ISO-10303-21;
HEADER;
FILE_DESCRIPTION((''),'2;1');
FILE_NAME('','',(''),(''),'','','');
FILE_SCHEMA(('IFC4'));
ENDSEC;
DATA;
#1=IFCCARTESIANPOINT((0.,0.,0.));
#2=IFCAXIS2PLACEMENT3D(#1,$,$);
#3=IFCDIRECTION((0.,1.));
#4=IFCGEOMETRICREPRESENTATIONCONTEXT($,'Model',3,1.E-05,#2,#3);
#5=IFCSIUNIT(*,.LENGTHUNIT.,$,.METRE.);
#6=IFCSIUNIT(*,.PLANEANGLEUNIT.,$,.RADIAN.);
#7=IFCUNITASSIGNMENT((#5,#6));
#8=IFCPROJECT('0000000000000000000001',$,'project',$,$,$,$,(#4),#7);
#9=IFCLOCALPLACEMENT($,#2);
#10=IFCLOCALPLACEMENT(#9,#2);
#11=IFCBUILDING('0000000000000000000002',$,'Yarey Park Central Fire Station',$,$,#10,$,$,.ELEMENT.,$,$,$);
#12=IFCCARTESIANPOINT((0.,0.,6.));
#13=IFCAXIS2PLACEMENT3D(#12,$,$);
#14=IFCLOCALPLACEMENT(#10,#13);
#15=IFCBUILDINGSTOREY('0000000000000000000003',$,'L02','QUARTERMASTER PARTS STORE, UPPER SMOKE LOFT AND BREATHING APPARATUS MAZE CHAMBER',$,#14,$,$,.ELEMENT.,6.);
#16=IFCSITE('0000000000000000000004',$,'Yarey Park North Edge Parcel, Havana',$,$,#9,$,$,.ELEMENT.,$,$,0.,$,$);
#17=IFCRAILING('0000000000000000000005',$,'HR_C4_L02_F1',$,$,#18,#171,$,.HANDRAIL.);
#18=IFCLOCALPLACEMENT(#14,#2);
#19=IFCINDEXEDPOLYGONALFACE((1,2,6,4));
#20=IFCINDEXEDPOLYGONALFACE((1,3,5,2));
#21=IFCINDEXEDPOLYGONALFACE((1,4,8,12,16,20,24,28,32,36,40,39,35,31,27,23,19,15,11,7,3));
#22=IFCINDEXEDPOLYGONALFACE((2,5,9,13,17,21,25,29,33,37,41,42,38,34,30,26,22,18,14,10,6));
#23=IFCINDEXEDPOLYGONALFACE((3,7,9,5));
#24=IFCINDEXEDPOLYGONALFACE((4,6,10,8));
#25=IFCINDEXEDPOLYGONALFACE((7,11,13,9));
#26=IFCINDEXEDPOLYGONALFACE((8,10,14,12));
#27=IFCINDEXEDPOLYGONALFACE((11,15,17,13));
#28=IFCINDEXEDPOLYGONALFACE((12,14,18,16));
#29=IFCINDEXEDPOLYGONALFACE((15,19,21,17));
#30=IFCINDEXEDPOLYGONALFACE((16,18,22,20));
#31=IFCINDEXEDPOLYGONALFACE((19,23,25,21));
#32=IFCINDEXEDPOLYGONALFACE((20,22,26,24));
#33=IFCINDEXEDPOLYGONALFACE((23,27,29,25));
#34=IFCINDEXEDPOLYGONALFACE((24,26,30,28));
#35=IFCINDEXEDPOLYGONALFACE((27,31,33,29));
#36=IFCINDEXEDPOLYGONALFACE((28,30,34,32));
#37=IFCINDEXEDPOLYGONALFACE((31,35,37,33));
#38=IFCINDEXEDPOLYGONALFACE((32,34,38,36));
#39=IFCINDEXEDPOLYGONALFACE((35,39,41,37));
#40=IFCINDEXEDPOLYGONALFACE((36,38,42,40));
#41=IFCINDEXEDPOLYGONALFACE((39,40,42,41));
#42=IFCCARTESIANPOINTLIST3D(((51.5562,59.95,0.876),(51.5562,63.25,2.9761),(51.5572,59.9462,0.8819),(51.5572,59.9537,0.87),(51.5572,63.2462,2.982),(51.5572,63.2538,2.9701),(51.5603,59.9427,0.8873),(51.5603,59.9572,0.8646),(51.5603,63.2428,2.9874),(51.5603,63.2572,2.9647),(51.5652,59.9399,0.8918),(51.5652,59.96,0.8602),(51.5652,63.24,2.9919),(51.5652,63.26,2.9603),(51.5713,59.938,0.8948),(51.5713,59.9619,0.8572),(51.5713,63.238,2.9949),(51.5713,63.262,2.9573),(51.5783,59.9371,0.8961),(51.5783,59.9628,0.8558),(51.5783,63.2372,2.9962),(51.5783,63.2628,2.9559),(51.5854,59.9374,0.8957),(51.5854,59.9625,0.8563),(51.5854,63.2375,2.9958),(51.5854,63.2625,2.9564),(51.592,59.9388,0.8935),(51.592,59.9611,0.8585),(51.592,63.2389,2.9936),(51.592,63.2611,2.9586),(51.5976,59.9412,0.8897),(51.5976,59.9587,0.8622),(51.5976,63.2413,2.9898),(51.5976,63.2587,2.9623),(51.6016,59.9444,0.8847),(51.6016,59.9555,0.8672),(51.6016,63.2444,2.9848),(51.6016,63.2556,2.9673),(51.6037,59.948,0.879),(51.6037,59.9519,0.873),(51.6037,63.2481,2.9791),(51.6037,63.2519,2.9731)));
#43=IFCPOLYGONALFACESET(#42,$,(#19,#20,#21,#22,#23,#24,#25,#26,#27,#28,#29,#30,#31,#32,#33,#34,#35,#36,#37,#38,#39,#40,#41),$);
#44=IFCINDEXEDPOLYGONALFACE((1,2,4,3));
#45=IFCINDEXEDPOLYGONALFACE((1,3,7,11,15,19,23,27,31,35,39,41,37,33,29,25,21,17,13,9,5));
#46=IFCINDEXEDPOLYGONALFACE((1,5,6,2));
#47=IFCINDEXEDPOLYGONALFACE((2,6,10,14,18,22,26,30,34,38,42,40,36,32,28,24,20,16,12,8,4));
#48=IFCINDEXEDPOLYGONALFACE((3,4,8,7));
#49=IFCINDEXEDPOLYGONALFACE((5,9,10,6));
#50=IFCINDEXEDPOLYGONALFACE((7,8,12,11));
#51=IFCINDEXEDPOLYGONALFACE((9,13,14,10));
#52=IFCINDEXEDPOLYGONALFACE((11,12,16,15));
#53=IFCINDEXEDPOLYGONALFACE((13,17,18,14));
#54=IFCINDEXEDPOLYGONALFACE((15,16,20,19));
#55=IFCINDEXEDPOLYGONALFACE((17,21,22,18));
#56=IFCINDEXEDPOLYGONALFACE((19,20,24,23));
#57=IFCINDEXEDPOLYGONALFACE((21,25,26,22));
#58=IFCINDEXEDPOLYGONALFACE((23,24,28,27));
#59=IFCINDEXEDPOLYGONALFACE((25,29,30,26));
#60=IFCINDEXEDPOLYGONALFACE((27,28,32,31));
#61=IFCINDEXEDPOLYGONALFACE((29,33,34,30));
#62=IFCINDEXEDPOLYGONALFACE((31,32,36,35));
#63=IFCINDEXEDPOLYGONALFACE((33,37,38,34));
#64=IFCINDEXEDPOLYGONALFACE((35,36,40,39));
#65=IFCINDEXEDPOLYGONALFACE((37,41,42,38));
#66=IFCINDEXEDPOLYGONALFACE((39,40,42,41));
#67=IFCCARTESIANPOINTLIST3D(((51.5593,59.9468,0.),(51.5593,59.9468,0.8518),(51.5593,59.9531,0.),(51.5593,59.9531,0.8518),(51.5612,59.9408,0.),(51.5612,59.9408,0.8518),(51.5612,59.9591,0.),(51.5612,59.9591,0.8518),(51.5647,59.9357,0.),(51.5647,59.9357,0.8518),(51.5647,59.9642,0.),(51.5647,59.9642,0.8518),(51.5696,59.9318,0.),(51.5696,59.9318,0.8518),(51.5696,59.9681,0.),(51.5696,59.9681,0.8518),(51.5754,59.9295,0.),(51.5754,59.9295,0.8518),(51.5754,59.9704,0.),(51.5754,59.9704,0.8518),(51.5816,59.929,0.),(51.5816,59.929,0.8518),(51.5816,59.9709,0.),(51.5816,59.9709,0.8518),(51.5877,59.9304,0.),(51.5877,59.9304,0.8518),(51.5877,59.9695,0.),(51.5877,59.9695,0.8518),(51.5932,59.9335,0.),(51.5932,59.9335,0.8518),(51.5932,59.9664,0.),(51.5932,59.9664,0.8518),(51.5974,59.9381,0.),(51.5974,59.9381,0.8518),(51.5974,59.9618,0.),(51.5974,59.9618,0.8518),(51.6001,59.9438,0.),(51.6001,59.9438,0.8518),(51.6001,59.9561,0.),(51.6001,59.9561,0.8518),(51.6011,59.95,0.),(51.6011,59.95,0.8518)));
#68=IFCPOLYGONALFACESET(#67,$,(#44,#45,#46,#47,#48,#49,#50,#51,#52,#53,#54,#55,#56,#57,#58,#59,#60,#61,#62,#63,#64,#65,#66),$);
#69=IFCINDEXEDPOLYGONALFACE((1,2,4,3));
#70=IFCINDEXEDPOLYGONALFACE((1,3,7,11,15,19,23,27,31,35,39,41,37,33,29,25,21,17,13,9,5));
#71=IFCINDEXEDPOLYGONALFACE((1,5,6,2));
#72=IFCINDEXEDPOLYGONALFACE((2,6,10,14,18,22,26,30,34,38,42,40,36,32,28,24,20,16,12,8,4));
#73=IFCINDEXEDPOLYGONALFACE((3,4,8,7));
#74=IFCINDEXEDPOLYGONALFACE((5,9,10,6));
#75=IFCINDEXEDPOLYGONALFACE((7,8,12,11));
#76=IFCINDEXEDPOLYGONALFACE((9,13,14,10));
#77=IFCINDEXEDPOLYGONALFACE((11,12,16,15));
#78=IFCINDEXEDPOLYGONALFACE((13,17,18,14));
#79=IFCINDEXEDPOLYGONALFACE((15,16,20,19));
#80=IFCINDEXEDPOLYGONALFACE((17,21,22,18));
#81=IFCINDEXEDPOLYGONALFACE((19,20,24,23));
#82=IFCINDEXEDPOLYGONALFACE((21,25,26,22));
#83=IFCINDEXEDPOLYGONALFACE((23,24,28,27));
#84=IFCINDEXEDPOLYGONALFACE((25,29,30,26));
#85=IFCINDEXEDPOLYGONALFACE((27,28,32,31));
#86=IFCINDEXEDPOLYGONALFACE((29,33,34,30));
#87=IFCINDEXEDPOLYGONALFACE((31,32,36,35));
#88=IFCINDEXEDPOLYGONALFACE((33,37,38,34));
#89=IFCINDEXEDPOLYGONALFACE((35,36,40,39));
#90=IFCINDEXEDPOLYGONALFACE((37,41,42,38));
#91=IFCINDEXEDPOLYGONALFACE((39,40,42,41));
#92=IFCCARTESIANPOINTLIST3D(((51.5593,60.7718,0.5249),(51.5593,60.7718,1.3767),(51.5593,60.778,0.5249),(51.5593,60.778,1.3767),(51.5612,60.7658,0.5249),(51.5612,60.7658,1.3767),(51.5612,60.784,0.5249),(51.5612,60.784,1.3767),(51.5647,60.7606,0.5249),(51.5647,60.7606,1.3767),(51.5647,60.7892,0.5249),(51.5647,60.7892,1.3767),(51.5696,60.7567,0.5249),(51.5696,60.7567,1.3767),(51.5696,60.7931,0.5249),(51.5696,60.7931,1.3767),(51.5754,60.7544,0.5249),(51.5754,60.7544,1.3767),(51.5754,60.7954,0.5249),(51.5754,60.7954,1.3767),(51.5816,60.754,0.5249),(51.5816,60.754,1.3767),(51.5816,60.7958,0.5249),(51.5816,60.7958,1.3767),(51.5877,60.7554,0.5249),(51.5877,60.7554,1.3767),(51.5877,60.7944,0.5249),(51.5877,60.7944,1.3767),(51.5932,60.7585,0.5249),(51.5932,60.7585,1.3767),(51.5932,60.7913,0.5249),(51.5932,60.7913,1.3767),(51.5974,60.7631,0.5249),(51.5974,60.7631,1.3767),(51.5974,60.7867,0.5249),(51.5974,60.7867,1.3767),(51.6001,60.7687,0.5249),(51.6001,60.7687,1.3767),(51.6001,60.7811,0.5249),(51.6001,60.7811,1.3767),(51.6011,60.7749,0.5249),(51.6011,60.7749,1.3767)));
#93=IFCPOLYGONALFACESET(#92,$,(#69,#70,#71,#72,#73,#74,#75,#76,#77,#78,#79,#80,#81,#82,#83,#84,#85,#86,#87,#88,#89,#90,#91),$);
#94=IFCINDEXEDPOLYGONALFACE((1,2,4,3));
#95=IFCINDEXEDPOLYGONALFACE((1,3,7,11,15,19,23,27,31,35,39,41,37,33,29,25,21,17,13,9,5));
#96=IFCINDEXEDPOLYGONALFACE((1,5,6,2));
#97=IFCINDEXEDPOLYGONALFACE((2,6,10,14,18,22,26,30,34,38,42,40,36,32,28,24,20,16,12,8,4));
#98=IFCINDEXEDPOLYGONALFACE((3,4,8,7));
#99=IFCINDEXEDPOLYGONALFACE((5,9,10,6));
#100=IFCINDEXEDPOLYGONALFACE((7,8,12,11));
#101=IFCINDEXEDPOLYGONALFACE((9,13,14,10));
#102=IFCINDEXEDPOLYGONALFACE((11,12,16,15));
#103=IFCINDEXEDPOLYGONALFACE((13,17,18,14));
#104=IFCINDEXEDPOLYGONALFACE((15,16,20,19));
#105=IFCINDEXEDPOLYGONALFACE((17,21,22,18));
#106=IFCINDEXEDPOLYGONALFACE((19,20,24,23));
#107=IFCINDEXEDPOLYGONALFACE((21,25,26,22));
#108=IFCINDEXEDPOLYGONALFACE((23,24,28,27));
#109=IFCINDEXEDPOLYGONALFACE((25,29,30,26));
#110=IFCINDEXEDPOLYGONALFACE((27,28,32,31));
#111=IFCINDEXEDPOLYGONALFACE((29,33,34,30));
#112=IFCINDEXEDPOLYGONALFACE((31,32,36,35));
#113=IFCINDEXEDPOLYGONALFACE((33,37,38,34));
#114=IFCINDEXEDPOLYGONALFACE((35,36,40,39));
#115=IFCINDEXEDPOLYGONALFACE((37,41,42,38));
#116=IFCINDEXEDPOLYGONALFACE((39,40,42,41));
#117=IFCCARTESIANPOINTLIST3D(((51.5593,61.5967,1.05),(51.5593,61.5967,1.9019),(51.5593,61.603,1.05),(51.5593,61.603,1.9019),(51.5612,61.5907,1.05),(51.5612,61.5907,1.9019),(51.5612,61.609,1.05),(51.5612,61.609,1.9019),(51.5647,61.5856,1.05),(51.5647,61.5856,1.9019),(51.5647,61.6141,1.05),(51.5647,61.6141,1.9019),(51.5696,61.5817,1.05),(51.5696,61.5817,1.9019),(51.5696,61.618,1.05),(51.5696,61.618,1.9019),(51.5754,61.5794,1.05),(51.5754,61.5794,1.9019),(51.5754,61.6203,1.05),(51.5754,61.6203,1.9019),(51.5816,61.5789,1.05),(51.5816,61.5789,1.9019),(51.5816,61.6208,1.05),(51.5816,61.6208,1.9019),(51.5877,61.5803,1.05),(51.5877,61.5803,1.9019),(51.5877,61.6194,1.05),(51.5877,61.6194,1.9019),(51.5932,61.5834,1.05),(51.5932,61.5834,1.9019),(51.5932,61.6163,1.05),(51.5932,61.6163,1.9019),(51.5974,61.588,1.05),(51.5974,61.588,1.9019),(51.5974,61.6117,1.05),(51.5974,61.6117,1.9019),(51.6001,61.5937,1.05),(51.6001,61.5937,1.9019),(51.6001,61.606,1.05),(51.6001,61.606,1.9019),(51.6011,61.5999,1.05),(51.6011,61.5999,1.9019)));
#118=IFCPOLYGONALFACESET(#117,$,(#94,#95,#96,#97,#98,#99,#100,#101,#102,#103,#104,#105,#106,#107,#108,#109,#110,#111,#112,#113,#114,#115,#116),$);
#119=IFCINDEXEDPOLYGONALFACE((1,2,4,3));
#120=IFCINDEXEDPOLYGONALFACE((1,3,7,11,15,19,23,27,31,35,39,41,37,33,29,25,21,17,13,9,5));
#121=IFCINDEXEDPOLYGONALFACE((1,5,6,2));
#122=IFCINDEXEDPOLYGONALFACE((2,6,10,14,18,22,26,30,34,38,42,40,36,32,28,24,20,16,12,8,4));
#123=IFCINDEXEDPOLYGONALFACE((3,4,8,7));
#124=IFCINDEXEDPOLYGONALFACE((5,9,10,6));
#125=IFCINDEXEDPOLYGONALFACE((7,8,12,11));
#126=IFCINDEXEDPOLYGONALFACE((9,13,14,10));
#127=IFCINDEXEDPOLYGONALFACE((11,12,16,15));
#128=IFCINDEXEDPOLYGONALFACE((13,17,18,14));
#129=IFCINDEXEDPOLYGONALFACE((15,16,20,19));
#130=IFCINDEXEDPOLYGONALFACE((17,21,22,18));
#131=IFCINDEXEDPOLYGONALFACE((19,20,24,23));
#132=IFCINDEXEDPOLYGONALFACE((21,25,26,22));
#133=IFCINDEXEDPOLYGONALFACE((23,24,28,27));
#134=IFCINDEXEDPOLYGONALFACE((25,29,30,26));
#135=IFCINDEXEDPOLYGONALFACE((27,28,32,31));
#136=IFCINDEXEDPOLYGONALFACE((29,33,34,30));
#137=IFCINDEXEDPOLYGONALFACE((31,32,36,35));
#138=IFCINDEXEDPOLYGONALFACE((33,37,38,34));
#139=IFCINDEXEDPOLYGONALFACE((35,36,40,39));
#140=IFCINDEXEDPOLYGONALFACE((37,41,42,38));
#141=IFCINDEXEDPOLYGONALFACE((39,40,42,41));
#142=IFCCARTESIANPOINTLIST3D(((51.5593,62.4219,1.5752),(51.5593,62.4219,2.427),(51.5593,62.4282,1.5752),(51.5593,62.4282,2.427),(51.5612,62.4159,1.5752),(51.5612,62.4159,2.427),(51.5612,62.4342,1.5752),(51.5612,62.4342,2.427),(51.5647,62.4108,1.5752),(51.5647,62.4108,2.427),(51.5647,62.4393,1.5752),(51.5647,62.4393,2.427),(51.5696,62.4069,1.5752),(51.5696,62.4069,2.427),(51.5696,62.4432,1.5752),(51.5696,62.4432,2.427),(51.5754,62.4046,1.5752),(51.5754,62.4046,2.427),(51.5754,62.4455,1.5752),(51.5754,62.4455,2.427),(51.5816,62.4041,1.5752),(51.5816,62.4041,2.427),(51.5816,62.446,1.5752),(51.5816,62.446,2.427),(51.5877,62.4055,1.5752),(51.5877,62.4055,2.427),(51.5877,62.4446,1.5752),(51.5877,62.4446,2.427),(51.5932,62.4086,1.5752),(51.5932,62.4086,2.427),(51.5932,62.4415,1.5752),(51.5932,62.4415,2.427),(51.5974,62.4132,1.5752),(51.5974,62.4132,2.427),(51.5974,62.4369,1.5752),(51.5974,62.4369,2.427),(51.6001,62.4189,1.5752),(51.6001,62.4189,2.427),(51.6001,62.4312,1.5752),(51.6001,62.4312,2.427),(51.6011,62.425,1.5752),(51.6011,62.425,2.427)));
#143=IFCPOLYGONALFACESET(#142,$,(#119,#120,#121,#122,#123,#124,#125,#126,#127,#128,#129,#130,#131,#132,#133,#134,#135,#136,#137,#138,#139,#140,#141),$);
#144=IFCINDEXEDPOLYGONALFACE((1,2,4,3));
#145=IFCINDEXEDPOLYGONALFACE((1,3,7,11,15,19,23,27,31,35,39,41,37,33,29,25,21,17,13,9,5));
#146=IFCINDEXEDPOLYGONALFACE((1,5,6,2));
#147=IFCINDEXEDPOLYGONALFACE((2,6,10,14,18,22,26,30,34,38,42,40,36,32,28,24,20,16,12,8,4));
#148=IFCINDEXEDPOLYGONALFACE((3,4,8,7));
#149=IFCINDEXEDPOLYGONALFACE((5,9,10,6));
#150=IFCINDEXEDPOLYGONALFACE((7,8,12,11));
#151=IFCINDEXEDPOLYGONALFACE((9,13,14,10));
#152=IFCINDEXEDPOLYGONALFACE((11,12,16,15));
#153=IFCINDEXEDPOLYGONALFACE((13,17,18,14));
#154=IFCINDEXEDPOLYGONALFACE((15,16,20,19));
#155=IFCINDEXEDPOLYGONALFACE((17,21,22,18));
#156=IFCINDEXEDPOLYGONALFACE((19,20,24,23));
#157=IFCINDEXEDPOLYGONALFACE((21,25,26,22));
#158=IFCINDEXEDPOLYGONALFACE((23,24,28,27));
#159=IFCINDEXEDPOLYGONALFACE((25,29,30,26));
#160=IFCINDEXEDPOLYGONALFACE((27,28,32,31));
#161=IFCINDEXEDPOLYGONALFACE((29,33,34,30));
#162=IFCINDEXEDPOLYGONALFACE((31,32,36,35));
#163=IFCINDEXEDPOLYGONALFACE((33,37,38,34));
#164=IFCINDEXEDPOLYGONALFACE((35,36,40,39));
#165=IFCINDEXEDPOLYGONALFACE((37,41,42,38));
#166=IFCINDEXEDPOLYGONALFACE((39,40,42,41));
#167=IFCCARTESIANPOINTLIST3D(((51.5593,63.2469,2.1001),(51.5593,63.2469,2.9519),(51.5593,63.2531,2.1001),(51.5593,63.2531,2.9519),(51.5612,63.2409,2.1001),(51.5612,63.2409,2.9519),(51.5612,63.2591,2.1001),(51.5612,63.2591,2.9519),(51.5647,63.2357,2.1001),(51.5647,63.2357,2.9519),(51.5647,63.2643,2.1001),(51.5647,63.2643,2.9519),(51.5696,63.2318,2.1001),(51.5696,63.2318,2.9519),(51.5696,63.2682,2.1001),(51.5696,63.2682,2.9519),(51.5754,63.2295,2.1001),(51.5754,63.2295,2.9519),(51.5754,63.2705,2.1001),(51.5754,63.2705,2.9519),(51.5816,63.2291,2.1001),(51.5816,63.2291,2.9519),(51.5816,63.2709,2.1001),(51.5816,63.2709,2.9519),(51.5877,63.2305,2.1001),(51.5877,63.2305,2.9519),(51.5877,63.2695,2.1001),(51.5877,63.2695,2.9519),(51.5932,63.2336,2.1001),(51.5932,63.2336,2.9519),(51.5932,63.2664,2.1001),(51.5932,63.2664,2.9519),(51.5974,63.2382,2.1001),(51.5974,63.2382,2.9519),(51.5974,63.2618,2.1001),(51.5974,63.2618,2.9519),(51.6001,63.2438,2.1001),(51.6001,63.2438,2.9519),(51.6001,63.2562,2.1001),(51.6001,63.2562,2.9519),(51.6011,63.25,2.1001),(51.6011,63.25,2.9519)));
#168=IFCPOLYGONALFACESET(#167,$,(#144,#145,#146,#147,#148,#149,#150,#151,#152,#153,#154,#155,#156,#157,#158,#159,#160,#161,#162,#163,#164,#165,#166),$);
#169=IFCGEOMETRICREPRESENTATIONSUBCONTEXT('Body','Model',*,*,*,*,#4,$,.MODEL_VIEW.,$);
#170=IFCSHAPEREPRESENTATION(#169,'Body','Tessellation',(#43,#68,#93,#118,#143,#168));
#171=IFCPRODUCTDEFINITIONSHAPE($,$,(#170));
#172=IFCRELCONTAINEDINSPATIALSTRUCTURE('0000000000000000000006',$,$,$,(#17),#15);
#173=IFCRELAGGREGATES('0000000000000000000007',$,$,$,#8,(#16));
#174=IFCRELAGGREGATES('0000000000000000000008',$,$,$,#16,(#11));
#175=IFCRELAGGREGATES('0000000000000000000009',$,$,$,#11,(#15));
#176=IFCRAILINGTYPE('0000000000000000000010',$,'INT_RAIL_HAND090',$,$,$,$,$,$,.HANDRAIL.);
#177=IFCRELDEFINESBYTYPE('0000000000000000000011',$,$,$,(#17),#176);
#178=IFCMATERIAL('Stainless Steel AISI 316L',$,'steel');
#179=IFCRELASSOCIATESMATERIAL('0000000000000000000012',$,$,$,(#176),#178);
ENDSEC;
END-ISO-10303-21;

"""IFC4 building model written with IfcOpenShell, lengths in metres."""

from ifc_helpers import new_model, si_unit, direction, frame, origin, origin_2d, place, context, subcontext, project, spatial, circle, extrude, material, type_object, element, save


model = new_model("IFC4")

# Units and contexts
model_context = context("Model", 3, precision=1e-05, world=origin(), true_north=direction((0.0, 1.0)))
body_context = subcontext(model_context, "Body", "Model", "MODEL_VIEW")
ifc_project = project(units=[si_unit("LENGTHUNIT", "METRE"), si_unit("PLANEANGLEUNIT", "RADIAN")], contexts=[model_context])

# Site, building, storey
site_placement = place(None, origin())
site = spatial("IfcSite", under=ifc_project, at=site_placement, Name="Yarey Park North Edge Parcel, Havana", CompositionType="ELEMENT", RefElevation=0.0)
building_placement = place(site_placement, origin())
building = spatial("IfcBuilding", under=site, at=building_placement, Name="Yarey Park Central Fire Station", CompositionType="ELEMENT")
storey_placement = place(building_placement, frame((0.0, 0.0, 6.0)))
storey = spatial("IfcBuildingStorey", under=building, at=storey_placement, Name="L02", Description="QUARTERMASTER PARTS STORE, UPPER SMOKE LOFT AND BREATHING APPARATUS MAZE CHAMBER", CompositionType="ELEMENT", Elevation=6.0)

# Shared definitions
ifc_material_1 = material(Name="Stainless Steel AISI 316L", Category="steel")

# Railing
railing_type_1 = type_object("IfcRailingType", Name="INT_RAIL_HAND090", PredefinedType="HANDRAIL", material=ifc_material_1)
railing_1_placement = place(storey_placement, frame((51.5801, 59.95, 0.0)))
element("IfcRailing", 1, at=railing_1_placement, inside=storey, type_object=railing_type_1, Name="HR_C4_L02_F1", PredefinedType="HANDRAIL", context=body_context, shape_type="SweptSolid", body=[
    extrude(circle(Radius=0.0239, at=origin_2d()), frame((0.0, 0.0, 0.876), z_axis=(0.0, 0.843654, 0.536888), x_axis=(-1.0, 0.0, 0.0)), (0.0, 0.0, 1.0), 3.9116),
    extrude(circle(Radius=0.021, at=origin_2d()), origin(), (0.0, 0.0, 1.0), 0.8518),
    extrude(circle(Radius=0.021, at=origin_2d()), frame((0.0, 0.825, 0.5249)), (0.0, 0.0, 1.0), 0.8518),
    extrude(circle(Radius=0.021, at=origin_2d()), frame((0.0, 1.6499, 1.05)), (0.0, 0.0, 1.0), 0.8518),
    extrude(circle(Radius=0.021, at=origin_2d()), frame((0.0, 2.4751, 1.5752)), (0.0, 0.0, 1.0), 0.8518),
    extrude(circle(Radius=0.021, at=origin_2d()), frame((0.0, 3.3, 2.1001)), (0.0, 0.0, 1.0), 0.8518),
])

save(model, "model.ifc")
